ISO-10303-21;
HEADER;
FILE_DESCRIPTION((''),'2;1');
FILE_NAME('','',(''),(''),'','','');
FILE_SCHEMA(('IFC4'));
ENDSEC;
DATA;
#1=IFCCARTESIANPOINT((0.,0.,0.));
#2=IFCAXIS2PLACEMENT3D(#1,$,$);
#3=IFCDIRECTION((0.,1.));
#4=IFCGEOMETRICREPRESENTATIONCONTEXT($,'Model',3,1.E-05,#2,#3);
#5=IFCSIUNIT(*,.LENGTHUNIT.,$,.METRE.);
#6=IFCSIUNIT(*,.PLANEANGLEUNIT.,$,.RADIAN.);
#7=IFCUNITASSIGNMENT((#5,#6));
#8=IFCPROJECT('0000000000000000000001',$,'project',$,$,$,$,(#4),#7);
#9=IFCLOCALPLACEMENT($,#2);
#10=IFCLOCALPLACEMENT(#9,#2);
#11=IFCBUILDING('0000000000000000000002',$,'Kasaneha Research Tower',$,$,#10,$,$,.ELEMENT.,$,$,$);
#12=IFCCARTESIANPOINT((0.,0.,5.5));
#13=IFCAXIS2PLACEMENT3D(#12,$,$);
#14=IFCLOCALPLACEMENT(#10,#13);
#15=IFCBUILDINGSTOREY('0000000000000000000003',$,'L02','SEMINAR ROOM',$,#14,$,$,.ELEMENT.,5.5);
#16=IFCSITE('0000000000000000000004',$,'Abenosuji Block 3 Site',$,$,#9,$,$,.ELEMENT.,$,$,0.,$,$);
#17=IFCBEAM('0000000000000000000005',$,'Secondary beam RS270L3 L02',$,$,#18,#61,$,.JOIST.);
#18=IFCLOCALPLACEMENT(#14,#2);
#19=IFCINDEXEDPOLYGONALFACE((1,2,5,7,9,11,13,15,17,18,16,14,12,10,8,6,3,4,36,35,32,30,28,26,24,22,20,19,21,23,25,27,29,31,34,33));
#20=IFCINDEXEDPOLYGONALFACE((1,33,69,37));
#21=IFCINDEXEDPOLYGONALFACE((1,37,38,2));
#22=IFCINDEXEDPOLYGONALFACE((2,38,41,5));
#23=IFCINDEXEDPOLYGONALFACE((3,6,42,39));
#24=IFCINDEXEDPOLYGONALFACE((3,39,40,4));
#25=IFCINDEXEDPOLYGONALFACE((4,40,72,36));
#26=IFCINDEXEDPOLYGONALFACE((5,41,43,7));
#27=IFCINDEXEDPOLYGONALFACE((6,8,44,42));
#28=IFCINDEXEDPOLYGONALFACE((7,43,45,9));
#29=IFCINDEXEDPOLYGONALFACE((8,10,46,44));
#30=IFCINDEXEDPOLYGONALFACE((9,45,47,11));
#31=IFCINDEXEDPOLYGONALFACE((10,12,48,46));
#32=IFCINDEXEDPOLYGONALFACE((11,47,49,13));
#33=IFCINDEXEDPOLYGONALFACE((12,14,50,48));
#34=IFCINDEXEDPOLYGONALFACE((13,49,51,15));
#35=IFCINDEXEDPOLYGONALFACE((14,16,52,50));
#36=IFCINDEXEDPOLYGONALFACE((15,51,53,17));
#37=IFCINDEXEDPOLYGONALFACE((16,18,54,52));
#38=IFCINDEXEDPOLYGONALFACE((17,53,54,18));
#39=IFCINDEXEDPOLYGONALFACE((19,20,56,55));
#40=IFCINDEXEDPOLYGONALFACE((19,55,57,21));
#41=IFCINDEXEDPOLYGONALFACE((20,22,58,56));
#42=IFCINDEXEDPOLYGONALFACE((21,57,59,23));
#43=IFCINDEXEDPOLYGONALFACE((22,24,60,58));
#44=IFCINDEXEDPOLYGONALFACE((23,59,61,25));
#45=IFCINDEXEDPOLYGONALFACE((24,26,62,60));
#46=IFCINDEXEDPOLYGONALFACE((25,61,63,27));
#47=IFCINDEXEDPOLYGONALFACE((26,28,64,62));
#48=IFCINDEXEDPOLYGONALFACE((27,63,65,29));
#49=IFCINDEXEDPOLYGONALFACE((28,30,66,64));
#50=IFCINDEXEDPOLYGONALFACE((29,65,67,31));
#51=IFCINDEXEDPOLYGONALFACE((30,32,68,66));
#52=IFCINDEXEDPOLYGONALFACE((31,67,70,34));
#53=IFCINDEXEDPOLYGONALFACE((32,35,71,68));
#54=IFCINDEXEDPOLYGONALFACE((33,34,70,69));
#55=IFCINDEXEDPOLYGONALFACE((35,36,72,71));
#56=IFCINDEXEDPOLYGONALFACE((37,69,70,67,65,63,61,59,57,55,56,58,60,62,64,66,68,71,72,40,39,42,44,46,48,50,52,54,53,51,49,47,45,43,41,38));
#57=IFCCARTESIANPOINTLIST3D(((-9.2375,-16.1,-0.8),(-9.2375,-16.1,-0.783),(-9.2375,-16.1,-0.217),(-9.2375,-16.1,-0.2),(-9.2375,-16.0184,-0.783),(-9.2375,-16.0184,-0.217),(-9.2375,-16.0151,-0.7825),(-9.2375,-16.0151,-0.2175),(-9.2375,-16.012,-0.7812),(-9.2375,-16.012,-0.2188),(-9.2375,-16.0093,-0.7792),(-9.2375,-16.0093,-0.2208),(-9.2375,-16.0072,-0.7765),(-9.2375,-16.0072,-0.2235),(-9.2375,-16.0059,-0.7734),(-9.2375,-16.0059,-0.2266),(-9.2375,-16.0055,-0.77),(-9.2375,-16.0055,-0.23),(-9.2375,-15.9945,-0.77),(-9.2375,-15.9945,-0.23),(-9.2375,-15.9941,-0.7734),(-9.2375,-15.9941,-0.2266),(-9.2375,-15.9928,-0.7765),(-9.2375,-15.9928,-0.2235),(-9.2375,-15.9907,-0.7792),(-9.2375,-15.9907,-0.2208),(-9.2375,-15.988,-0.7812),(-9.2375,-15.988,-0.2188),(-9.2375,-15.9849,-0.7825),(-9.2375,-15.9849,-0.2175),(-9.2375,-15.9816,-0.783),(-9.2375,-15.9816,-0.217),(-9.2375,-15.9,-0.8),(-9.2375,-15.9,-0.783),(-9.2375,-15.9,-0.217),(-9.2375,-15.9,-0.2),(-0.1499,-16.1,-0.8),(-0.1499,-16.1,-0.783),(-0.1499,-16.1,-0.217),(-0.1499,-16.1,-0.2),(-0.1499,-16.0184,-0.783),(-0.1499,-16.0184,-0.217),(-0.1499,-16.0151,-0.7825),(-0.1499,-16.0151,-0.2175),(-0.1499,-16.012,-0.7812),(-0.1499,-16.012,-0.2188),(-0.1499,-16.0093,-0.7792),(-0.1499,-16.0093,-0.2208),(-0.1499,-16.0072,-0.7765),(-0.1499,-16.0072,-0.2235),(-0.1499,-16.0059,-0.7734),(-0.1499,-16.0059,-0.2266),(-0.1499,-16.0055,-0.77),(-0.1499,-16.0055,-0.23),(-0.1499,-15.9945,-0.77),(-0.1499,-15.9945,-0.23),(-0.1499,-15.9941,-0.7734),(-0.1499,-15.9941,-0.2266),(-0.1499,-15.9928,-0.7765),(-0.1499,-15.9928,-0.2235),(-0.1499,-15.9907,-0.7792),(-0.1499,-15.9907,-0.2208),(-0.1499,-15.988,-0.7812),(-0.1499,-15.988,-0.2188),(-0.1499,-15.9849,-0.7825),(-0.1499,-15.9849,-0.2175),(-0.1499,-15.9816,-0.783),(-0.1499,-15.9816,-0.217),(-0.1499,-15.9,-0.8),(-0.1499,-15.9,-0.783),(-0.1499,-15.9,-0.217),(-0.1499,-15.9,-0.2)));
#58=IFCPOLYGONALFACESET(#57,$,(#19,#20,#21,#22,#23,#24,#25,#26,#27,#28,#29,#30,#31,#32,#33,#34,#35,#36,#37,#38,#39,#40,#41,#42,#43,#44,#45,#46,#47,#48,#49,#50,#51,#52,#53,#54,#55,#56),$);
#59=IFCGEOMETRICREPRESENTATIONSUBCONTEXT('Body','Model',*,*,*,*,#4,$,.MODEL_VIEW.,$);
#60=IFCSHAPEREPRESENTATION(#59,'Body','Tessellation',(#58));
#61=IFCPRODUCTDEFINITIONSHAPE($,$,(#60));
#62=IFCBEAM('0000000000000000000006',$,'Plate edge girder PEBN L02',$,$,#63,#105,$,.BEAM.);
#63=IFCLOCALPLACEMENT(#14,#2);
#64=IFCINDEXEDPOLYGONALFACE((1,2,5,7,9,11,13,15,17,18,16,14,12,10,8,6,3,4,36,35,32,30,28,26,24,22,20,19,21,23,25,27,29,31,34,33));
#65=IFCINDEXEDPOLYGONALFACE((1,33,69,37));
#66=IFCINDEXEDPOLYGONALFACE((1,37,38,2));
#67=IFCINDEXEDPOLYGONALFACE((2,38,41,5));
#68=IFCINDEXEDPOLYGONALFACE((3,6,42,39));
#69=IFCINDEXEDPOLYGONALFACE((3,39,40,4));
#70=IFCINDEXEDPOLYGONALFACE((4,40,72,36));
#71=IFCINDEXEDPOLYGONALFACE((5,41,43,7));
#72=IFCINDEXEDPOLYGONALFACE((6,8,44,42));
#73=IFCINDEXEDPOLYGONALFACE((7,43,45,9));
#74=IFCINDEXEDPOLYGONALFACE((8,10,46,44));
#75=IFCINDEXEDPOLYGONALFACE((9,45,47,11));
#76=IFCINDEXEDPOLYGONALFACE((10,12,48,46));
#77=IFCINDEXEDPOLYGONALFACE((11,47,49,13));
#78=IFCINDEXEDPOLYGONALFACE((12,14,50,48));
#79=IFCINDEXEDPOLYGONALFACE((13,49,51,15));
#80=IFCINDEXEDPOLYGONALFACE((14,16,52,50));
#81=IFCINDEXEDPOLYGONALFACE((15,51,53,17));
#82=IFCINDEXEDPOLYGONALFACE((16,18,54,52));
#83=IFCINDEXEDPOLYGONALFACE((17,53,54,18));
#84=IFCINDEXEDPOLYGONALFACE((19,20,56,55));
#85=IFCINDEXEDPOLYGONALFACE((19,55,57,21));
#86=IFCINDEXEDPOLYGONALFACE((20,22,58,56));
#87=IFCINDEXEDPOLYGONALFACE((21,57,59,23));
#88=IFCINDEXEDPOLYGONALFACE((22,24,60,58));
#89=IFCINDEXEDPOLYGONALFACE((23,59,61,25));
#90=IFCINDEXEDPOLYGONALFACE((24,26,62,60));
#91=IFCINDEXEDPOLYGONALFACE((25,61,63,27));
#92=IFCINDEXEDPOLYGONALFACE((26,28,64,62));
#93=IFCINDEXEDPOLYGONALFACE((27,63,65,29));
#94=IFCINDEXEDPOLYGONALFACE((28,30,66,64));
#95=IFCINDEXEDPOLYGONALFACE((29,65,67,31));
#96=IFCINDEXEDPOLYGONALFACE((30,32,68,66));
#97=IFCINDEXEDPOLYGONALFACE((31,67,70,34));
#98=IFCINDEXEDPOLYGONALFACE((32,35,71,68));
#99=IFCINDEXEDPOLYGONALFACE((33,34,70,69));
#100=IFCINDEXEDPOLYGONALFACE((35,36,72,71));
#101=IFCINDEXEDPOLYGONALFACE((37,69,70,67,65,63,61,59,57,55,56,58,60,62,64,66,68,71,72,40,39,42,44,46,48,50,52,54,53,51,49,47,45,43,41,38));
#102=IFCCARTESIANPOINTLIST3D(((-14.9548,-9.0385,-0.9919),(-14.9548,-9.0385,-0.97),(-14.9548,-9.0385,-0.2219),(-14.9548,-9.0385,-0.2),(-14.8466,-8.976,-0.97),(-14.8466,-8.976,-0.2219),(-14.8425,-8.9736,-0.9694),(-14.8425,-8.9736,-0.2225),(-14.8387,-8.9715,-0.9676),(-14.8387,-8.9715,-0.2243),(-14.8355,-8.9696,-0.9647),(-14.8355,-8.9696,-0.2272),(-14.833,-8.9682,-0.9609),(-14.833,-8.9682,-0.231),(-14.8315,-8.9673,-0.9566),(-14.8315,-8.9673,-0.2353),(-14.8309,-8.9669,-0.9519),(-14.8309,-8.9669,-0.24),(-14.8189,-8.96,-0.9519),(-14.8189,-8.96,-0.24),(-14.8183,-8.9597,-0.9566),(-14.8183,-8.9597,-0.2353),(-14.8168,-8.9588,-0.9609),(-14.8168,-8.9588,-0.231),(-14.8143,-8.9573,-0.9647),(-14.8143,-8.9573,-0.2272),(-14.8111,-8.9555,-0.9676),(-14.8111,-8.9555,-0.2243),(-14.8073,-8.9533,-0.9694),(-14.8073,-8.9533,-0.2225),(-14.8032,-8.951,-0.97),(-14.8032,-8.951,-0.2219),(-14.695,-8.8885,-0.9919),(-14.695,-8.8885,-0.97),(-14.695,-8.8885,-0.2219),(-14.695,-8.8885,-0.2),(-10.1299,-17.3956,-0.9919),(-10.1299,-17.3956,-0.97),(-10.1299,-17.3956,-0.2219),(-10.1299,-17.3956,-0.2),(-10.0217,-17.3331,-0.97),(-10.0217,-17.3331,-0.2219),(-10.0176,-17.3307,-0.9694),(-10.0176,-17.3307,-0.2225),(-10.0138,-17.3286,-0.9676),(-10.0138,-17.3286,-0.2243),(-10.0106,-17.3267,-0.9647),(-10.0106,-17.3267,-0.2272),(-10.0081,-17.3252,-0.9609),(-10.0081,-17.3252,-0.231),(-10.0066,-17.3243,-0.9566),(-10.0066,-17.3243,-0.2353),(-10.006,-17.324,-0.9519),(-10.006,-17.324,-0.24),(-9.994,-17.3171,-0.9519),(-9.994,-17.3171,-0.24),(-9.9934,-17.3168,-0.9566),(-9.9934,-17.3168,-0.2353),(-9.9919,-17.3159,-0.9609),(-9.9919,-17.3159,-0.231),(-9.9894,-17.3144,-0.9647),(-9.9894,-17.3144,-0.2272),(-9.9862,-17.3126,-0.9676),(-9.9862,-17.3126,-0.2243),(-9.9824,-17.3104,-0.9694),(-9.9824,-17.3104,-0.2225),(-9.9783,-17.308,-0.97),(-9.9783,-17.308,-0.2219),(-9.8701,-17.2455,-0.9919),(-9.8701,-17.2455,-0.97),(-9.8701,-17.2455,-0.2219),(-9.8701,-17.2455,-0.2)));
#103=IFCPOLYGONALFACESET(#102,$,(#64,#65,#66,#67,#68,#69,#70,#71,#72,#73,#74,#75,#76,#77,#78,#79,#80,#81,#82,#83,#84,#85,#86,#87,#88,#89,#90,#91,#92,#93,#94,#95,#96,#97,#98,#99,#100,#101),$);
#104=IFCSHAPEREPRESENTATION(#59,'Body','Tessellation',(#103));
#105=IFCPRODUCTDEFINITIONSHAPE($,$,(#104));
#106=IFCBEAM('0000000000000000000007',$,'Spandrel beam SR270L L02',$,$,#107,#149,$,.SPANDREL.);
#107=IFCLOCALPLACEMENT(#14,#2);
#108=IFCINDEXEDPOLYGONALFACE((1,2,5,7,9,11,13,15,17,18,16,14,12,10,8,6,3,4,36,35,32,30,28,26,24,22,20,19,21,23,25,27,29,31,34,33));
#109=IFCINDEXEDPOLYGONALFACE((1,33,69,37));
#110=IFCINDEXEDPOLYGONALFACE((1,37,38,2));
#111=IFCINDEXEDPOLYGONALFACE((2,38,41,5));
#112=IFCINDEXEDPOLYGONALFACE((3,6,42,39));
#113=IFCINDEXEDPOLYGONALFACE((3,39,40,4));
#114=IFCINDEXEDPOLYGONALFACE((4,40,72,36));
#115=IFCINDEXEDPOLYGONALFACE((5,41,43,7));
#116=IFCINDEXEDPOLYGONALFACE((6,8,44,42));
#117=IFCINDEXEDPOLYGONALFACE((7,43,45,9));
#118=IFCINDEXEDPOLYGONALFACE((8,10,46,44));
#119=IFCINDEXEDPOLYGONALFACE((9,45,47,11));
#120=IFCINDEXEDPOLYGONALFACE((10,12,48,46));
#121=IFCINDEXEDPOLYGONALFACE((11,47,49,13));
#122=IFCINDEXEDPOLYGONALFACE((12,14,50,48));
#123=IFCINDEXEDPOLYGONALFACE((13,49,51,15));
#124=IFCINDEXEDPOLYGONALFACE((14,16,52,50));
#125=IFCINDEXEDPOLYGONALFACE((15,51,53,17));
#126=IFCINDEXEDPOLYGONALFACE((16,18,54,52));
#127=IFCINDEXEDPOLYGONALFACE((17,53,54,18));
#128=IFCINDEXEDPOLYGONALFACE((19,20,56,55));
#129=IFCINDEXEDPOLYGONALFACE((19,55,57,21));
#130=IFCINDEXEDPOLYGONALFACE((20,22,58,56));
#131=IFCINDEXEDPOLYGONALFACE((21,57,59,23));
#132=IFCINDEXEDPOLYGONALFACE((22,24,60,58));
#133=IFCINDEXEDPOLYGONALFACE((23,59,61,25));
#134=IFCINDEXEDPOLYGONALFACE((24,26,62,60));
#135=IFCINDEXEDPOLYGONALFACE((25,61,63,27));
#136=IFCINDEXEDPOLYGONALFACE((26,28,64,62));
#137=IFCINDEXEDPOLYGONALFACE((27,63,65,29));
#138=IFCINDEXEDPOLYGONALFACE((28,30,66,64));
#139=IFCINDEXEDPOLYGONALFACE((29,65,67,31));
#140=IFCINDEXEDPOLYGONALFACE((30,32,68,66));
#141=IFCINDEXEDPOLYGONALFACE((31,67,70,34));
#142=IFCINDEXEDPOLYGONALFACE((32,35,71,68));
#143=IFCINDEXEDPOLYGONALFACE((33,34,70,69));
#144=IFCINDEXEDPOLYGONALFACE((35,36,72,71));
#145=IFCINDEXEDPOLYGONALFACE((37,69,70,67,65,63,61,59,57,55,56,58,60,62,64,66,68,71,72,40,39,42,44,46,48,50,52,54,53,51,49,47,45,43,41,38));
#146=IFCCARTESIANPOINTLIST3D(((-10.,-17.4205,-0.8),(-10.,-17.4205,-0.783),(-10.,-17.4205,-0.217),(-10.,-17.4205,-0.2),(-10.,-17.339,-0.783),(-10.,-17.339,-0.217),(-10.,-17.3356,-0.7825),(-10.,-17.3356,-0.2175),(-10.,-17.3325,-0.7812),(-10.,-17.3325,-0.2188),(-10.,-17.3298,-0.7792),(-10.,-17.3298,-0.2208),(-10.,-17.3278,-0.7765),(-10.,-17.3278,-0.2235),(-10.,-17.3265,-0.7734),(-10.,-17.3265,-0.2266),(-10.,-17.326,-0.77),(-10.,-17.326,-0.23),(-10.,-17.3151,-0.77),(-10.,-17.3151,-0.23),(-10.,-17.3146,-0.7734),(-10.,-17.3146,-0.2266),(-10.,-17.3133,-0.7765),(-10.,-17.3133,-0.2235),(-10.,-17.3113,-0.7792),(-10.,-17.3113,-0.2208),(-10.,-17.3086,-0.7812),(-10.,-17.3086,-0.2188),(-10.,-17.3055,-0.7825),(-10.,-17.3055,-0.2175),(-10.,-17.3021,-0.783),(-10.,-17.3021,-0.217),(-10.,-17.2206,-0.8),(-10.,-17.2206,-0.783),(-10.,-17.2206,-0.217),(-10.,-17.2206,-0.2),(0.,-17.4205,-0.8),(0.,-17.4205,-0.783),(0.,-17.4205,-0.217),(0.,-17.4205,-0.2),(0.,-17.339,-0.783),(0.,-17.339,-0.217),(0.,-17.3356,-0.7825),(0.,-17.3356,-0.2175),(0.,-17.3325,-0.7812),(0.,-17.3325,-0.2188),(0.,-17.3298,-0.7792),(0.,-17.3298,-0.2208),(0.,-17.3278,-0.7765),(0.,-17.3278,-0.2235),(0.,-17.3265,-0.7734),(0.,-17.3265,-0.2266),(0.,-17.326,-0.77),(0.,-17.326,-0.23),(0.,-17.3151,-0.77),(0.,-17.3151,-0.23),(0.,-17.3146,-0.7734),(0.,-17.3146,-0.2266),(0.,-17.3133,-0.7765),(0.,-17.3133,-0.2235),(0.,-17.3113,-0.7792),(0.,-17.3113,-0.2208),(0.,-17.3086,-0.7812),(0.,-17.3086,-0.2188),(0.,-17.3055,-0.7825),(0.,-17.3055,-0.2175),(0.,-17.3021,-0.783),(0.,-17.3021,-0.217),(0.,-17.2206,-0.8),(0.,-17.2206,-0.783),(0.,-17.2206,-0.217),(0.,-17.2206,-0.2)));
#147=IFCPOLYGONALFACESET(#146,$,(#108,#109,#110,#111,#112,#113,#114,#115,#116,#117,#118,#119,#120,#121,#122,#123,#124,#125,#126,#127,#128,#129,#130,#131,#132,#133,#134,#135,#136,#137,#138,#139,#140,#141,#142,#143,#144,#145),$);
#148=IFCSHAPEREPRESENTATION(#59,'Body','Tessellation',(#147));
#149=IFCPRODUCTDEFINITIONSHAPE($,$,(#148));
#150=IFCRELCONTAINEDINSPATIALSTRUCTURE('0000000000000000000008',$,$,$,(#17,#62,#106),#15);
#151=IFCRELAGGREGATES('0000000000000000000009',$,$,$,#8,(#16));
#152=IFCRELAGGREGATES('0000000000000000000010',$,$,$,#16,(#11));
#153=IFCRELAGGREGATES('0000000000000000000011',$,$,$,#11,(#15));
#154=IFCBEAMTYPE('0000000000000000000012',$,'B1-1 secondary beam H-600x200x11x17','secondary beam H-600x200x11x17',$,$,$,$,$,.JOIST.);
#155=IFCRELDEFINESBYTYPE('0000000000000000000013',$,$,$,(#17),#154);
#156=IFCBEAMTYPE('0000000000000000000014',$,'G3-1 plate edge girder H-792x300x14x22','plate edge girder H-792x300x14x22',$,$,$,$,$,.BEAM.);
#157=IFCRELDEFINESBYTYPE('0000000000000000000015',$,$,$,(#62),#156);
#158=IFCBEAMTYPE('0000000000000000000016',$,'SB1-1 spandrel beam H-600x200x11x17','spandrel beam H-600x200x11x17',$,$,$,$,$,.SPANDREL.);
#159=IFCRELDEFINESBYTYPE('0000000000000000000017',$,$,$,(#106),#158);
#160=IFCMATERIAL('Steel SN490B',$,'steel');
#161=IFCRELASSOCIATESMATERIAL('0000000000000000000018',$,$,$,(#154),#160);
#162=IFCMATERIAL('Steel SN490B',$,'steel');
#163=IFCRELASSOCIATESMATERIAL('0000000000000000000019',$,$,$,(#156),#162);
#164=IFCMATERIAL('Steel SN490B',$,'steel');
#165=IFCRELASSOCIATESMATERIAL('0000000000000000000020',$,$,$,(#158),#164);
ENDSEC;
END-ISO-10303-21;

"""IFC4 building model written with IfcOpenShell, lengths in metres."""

from ifc_helpers import new_model, si_unit, direction, frame, origin, origin_2d, place, context, subcontext, project, spatial, i_section, extrude, material, material_profile, profile_set, type_object, element, save


model = new_model("IFC4")

# Units and contexts
model_context = context("Model", 3, precision=1e-05, world=origin(), true_north=direction((0.0, 1.0)))
body_context = subcontext(model_context, "Body", "Model", "MODEL_VIEW")
ifc_project = project(units=[si_unit("LENGTHUNIT", "METRE"), si_unit("PLANEANGLEUNIT", "RADIAN")], contexts=[model_context])

# Site, building, storey
site_placement = place(None, origin())
site = spatial("IfcSite", under=ifc_project, at=site_placement, Name="Abenosuji Block 3 Site", CompositionType="ELEMENT", RefElevation=0.0)
building_placement = place(site_placement, origin())
building = spatial("IfcBuilding", under=site, at=building_placement, Name="Kasaneha Research Tower", CompositionType="ELEMENT")
storey_placement = place(building_placement, frame((0.0, 0.0, 5.5)))
storey = spatial("IfcBuildingStorey", under=building, at=storey_placement, Name="L02", Description="SEMINAR ROOM", CompositionType="ELEMENT", Elevation=5.5)

# Beams
ifc_material_1 = material(Name="Steel SN490B", Category="steel")
ifc_material_profile_1 = material_profile(ifc_material_1, i_section(OverallWidth=0.2, OverallDepth=0.6001, WebThickness=0.011, FlangeThickness=0.0171, FilletRadius=0.0129, at=origin_2d()), Name="H-600x200x11x17")
ifc_profile_set_1 = profile_set([ifc_material_profile_1], Name="Steel SN490B")
beam_type_1 = type_object("IfcBeamType", Name="B1-1 secondary beam H-600x200x11x17", Description="secondary beam H-600x200x11x17", PredefinedType="JOIST", material=ifc_profile_set_1)
beam_1_placement = place(storey_placement, frame((-9.2375, -16.0, -0.5), z_axis=(1.0, 0.0, 0.0), x_axis=(0.0, 1.0, 0.0)))
element("IfcBeam", 1, at=beam_1_placement, inside=storey, type_object=beam_type_1, Name="Secondary beam RS270L3 L02", PredefinedType="JOIST", context=body_context, shape_type="SweptSolid", body=[
    extrude(i_section(OverallWidth=0.2, OverallDepth=0.6001, WebThickness=0.011, FlangeThickness=0.0171, FilletRadius=0.0129, at=origin_2d()), origin(), (0.0, 0.0, 1.0), 9.0876),
])
ifc_material_2 = material(Name="Steel SN490B", Category="steel")
ifc_material_profile_2 = material_profile(ifc_material_2, i_section(OverallWidth=0.3, OverallDepth=0.792, WebThickness=0.0139, FlangeThickness=0.022, FilletRadius=0.0181, at=origin_2d()), Name="H-792x300x14x22")
ifc_profile_set_2 = profile_set([ifc_material_profile_2], Name="Steel SN490B")
beam_type_2 = type_object("IfcBeamType", Name="G3-1 plate edge girder H-792x300x14x22", Description="plate edge girder H-792x300x14x22", PredefinedType="BEAM", material=ifc_profile_set_2)
beam_2_placement = place(storey_placement, frame((-10.0, -17.3206, -0.5959), z_axis=(-0.499995, 0.866028, 0.0), x_axis=(-0.866028, -0.499995, 0.0)))
element("IfcBeam", 2, at=beam_2_placement, inside=storey, type_object=beam_type_2, Name="Plate edge girder PEBN L02", PredefinedType="BEAM", context=body_context, shape_type="SweptSolid", body=[
    extrude(i_section(OverallWidth=0.3, OverallDepth=0.792, WebThickness=0.0139, FlangeThickness=0.022, FilletRadius=0.0181, at=origin_2d()), origin(), (0.0, 0.0, 1.0), 9.6499),
])
ifc_material_3 = material(Name="Steel SN490B", Category="steel")
ifc_material_profile_3 = material_profile(ifc_material_3, i_section(OverallWidth=0.2, OverallDepth=0.6001, WebThickness=0.011, FlangeThickness=0.0171, FilletRadius=0.0129, at=origin_2d()), Name="H-600x200x11x17")
ifc_profile_set_3 = profile_set([ifc_material_profile_3], Name="Steel SN490B")
beam_type_3 = type_object("IfcBeamType", Name="SB1-1 spandrel beam H-600x200x11x17", Description="spandrel beam H-600x200x11x17", PredefinedType="SPANDREL", material=ifc_profile_set_3)
beam_3_placement = place(storey_placement, frame((-10.0, -17.3206, -0.5), z_axis=(1.0, 0.0, 0.0), x_axis=(0.0, 1.0, 0.0)))
element("IfcBeam", 3, at=beam_3_placement, inside=storey, type_object=beam_type_3, Name="Spandrel beam SR270L L02", PredefinedType="SPANDREL", context=body_context, shape_type="SweptSolid", body=[
    extrude(i_section(OverallWidth=0.2, OverallDepth=0.6001, WebThickness=0.011, FlangeThickness=0.0171, FilletRadius=0.0129, at=origin_2d()), origin(), (0.0, 0.0, 1.0), 10.0),
])

save(model, "model.ifc")
